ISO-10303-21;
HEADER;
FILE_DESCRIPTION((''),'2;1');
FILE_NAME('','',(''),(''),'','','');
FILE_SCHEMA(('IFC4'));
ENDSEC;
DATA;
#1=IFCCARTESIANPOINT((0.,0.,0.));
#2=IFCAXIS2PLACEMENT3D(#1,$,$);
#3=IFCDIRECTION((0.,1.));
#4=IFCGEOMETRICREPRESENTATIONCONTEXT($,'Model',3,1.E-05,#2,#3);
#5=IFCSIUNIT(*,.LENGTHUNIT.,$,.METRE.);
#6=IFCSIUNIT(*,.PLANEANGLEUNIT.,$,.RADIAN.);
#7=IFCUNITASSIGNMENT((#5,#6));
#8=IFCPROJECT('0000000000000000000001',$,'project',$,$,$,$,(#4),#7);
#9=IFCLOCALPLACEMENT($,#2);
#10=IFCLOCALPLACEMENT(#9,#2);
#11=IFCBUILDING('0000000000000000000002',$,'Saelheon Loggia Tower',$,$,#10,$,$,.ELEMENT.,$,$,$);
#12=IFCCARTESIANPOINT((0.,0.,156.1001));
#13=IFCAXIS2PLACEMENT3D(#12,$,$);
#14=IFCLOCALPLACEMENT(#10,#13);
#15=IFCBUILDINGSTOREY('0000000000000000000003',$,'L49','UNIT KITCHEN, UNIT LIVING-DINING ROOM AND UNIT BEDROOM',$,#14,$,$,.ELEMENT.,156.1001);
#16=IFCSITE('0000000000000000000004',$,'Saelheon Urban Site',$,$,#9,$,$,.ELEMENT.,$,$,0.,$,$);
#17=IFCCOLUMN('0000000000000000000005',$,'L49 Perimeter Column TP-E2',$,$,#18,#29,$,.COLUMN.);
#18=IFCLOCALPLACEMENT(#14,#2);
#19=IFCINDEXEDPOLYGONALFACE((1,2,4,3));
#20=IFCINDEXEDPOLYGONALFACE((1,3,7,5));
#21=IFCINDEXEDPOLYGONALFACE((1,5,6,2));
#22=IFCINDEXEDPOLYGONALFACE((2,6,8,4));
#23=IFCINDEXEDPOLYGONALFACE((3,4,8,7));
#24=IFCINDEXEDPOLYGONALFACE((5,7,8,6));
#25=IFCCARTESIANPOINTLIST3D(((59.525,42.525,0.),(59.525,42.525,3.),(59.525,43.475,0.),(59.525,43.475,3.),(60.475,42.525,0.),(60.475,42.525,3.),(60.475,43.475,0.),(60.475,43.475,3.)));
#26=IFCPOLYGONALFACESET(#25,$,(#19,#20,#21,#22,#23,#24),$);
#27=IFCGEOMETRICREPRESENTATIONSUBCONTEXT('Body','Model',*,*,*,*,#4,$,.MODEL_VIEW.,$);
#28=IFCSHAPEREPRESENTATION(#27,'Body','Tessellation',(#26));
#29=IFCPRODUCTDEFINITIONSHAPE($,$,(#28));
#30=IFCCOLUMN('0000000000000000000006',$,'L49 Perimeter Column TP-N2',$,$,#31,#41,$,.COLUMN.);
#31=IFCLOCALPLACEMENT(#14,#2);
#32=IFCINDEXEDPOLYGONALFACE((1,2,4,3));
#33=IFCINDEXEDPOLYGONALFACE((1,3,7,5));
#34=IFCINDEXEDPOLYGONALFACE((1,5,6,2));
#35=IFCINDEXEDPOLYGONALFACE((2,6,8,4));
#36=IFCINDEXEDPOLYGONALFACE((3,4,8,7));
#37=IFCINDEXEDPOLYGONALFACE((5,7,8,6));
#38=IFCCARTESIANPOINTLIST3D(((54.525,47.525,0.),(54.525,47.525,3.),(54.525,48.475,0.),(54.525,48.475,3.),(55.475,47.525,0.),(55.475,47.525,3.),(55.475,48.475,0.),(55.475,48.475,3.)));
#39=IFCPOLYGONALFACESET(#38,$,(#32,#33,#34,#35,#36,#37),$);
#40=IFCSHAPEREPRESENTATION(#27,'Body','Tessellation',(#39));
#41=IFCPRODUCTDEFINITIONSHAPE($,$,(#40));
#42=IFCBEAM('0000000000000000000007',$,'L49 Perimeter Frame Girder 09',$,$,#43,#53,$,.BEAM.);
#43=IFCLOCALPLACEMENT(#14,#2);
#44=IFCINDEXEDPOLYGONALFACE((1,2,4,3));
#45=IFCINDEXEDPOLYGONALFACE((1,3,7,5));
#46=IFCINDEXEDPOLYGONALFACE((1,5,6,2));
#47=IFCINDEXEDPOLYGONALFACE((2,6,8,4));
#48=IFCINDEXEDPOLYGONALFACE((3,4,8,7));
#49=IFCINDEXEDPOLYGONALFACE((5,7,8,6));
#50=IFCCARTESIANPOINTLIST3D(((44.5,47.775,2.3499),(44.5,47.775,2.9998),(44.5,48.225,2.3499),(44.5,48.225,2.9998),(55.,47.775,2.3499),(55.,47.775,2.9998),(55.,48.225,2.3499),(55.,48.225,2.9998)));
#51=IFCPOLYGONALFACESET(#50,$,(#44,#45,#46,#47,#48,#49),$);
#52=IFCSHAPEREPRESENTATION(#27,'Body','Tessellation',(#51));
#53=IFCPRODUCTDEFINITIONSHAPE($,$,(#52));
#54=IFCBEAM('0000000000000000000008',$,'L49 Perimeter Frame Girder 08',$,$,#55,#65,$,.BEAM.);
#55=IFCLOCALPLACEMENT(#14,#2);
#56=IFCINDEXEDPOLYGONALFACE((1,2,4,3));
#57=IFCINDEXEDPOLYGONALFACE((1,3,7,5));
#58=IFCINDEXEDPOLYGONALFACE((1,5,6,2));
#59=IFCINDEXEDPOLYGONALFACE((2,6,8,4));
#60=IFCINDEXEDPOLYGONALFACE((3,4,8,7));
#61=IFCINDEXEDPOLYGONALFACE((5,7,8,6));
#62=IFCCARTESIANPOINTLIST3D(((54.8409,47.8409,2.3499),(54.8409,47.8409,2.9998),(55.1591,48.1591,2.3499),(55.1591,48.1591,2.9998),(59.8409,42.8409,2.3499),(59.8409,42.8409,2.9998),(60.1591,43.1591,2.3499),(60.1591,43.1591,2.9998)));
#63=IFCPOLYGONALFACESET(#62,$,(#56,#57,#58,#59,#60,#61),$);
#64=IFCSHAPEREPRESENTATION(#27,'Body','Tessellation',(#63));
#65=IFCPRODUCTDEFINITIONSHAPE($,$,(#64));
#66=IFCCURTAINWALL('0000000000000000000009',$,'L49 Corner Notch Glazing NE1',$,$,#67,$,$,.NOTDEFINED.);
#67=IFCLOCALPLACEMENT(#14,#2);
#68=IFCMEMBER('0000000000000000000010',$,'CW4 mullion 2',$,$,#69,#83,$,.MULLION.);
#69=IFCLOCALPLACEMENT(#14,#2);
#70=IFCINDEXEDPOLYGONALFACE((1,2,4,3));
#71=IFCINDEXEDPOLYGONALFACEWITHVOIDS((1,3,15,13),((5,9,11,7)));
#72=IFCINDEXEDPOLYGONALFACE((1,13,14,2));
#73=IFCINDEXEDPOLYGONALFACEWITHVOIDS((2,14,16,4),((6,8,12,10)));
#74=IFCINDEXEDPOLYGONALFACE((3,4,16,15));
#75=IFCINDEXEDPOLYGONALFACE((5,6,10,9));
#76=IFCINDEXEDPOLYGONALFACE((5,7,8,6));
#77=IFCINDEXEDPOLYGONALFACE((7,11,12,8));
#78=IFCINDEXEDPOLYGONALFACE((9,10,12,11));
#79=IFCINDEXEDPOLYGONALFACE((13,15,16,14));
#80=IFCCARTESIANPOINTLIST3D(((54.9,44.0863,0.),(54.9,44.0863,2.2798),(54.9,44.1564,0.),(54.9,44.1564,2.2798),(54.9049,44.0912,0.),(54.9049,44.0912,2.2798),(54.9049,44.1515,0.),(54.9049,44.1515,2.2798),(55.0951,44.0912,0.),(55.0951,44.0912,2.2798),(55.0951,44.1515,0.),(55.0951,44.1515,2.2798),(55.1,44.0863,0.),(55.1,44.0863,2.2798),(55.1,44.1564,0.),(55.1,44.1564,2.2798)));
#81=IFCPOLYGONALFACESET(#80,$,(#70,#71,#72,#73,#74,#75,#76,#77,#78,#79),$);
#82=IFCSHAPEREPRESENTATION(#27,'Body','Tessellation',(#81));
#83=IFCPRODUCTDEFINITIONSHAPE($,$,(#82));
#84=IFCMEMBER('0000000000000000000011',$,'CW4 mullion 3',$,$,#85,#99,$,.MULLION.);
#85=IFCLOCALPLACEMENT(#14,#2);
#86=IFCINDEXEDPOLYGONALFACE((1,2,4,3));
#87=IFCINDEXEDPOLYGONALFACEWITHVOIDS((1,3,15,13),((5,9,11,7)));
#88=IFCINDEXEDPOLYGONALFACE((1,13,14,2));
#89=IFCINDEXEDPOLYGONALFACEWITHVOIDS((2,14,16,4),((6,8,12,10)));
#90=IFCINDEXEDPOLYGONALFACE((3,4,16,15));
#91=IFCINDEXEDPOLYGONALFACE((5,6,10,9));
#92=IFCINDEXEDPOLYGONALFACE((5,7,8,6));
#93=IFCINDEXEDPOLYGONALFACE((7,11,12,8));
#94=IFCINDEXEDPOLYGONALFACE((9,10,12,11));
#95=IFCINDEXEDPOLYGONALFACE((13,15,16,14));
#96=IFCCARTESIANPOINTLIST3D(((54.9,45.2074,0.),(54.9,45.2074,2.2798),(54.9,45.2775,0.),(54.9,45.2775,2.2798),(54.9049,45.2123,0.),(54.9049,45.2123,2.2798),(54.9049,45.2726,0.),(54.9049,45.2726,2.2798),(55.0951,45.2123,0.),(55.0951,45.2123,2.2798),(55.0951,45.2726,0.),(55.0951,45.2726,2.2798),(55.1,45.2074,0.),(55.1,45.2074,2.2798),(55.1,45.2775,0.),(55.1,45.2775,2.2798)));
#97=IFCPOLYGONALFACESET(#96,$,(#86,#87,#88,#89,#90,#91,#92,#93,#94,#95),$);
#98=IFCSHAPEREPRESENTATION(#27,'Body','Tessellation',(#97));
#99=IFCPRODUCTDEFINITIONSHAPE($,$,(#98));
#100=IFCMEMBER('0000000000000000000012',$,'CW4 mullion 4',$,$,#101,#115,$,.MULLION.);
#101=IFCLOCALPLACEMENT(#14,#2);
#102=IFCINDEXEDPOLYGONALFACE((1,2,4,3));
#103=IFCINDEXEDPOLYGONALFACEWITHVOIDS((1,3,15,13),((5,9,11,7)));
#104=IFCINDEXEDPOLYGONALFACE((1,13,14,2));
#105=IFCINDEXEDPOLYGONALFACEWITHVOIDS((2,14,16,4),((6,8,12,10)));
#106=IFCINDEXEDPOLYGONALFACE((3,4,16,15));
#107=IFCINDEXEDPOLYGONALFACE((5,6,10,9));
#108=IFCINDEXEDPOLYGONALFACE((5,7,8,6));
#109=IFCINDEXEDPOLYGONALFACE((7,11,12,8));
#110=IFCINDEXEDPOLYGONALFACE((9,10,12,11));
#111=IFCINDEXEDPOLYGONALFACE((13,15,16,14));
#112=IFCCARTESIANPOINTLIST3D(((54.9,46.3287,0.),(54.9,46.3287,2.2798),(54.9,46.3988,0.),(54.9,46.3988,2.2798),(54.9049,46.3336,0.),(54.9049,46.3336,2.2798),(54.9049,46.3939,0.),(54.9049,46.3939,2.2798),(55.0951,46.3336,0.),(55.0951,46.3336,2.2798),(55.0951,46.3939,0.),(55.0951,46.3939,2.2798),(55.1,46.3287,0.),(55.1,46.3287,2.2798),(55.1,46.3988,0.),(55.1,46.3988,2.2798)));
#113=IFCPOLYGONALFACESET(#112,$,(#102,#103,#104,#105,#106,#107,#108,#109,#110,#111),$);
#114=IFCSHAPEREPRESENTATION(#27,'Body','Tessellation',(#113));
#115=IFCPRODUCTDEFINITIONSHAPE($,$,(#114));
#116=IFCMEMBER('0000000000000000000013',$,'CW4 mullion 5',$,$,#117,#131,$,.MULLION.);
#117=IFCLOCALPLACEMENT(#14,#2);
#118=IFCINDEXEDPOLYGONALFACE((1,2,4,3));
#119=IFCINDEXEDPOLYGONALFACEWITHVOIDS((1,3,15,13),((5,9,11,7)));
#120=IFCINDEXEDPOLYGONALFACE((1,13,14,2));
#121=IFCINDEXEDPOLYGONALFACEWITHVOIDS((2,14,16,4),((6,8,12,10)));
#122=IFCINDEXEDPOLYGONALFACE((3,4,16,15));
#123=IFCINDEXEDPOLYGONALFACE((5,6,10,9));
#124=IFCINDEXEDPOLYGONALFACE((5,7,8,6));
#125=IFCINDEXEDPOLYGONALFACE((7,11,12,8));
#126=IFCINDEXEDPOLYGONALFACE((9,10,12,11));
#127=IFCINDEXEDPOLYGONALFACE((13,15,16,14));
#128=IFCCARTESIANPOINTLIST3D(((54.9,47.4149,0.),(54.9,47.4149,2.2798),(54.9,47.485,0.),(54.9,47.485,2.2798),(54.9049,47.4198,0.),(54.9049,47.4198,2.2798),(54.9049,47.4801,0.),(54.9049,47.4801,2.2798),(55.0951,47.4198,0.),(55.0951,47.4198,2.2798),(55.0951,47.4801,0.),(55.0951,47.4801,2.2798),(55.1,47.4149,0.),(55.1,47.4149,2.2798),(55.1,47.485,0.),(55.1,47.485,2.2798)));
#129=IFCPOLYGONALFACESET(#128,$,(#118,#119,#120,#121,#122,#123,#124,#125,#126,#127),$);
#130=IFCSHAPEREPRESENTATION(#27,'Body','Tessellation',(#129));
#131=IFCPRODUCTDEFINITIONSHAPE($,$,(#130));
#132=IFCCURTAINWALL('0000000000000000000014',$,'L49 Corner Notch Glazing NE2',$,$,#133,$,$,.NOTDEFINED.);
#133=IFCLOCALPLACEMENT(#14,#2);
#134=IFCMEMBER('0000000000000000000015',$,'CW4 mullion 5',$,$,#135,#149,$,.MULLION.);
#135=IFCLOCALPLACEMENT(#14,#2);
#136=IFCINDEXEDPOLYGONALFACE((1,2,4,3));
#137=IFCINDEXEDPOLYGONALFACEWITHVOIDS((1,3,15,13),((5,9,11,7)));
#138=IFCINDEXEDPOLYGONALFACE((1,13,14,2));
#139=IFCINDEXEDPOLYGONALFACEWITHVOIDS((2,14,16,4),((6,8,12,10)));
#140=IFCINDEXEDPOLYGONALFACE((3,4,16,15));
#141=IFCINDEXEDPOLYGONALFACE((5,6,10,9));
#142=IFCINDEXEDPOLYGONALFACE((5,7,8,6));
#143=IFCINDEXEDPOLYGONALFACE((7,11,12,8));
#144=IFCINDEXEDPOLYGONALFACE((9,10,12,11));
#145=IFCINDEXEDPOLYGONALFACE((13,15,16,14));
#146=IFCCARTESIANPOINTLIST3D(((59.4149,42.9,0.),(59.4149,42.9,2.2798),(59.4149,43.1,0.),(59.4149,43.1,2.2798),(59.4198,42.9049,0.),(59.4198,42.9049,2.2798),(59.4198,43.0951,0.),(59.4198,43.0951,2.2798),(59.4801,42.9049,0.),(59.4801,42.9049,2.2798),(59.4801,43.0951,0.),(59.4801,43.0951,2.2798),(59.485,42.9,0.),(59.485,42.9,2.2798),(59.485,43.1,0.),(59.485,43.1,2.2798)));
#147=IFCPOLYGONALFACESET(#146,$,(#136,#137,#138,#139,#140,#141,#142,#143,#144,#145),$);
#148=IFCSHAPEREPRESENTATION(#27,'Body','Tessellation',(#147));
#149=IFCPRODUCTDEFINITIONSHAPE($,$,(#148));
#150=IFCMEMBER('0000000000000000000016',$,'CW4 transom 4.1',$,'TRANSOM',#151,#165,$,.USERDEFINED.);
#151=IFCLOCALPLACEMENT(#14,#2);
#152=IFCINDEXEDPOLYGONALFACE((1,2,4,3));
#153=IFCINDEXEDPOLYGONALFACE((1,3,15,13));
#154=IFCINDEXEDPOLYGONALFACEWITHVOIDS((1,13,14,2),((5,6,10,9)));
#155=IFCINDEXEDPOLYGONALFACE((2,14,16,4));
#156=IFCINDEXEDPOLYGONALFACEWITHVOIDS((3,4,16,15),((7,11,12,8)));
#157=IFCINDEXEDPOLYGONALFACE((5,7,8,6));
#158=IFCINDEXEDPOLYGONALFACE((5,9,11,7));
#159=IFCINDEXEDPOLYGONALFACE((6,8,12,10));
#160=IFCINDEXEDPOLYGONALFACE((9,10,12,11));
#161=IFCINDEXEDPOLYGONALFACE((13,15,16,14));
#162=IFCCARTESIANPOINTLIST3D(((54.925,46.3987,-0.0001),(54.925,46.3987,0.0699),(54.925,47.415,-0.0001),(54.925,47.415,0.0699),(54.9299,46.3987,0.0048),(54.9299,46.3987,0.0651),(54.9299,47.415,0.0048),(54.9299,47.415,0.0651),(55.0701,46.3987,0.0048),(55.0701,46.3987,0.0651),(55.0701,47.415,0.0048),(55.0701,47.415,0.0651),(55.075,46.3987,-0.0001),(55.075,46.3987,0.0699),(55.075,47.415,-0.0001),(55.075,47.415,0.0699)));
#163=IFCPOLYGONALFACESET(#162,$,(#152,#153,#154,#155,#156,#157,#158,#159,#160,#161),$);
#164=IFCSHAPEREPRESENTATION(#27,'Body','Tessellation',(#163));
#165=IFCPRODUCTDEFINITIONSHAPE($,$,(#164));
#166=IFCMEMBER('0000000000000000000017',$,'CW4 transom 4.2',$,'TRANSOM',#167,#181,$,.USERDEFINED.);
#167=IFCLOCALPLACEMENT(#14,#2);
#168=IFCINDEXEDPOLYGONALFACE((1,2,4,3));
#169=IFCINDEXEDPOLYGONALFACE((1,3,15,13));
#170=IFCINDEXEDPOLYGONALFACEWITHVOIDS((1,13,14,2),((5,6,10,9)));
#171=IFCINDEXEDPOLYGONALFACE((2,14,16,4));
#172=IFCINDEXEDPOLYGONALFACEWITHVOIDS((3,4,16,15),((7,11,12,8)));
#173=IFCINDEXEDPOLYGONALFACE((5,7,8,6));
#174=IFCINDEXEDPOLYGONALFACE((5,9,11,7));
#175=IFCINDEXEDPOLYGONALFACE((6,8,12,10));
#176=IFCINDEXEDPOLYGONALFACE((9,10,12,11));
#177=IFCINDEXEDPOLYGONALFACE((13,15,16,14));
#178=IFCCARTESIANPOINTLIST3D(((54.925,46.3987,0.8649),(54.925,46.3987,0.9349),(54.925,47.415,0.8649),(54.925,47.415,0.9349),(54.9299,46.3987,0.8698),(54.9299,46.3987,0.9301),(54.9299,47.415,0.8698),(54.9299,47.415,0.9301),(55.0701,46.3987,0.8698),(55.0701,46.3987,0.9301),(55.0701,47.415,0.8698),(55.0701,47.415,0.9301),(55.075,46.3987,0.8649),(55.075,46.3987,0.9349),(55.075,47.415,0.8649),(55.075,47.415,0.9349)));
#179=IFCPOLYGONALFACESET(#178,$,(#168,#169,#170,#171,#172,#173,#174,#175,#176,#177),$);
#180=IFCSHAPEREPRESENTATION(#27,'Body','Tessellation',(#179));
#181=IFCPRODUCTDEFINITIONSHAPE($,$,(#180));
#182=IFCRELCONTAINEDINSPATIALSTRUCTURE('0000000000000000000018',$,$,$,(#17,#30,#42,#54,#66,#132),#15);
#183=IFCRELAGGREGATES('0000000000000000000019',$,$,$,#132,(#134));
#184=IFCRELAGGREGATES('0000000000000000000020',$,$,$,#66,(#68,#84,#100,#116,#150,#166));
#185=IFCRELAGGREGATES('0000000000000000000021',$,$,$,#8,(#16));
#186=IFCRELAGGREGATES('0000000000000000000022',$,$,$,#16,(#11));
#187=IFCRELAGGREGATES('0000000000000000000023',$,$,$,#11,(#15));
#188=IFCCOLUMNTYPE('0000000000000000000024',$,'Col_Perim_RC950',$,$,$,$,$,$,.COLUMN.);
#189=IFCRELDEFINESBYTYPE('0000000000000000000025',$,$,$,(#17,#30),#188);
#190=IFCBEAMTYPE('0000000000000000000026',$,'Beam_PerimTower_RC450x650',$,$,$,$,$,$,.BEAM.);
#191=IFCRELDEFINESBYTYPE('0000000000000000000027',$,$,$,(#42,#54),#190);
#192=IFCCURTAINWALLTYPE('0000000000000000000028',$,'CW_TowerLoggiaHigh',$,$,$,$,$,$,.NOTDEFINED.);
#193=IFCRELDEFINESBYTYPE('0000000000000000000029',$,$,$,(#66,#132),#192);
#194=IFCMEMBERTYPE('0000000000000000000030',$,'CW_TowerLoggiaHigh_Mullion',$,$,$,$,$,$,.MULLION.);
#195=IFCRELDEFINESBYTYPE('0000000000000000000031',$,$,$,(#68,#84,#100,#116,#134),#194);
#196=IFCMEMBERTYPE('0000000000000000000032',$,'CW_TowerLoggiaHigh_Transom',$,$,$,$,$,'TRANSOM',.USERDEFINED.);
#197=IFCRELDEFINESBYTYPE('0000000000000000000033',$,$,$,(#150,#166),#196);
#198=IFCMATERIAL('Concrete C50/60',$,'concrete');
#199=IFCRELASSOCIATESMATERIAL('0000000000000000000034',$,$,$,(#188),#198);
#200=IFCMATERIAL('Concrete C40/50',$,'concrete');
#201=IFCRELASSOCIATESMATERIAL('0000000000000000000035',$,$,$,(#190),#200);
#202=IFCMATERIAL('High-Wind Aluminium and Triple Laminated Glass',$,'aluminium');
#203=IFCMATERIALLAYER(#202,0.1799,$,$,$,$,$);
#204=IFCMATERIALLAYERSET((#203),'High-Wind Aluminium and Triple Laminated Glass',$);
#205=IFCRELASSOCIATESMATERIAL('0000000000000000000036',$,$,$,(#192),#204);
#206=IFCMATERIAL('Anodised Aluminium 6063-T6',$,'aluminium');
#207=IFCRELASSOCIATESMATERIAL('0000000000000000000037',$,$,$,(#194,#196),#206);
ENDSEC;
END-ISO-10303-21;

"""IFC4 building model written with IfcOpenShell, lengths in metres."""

from ifc_helpers import new_model, si_unit, direction, frame, origin, origin_2d, place, context, subcontext, project, spatial, rectangle, hollow_rectangle, extrude, source, transform, mapped, material, layer, layer_set, material_profile, profile_set, type_object, element, aggregate, save


model = new_model("IFC4")

# Units and contexts
model_context = context("Model", 3, precision=1e-05, world=origin(), true_north=direction((0.0, 1.0)))
body_context = subcontext(model_context, "Body", "Model", "MODEL_VIEW")
ifc_project = project(units=[si_unit("LENGTHUNIT", "METRE"), si_unit("PLANEANGLEUNIT", "RADIAN")], contexts=[model_context])

# Site, building, storey
site_placement = place(None, origin())
site = spatial("IfcSite", under=ifc_project, at=site_placement, Name="Saelheon Urban Site", CompositionType="ELEMENT", RefElevation=0.0)
building_placement = place(site_placement, origin())
building = spatial("IfcBuilding", under=site, at=building_placement, Name="Saelheon Loggia Tower", CompositionType="ELEMENT")
storey_placement = place(building_placement, frame((0.0, 0.0, 156.1001)))
storey = spatial("IfcBuildingStorey", under=building, at=storey_placement, Name="L49", Description="UNIT KITCHEN, UNIT LIVING-DINING ROOM AND UNIT BEDROOM", CompositionType="ELEMENT", Elevation=156.1001)

# Columns
ifc_material_1 = material(Name="Concrete C50/60", Category="concrete")
ifc_material_profile_1 = material_profile(ifc_material_1, rectangle(XDim=0.95, YDim=0.95, at=origin_2d()), Name="RC-950x950")
ifc_profile_set_1 = profile_set([ifc_material_profile_1], Name="Concrete C50/60")
column_type = type_object("IfcColumnType", Name="Col_Perim_RC950", PredefinedType="COLUMN", material=ifc_profile_set_1)
shared_shape_1 = source(origin(), body_context, "Body", "SweptSolid", [
    extrude(rectangle(XDim=0.95, YDim=0.95, at=origin_2d()), origin(), (0.0, 0.0, 1.0), 3.0),
])
for number, where, z_axis, x_axis, name in (
    (1, (60.0, 43.0, 0.0), (0.0, 0.0, 1.0), (1.0, 0.0, 0.0), "L49 Perimeter Column TP-E2"),
    (2, (55.0, 48.0, 0.0), (0.0, 0.0, 1.0), (1.0, 0.0, 0.0), "L49 Perimeter Column TP-N2"),
):
    element("IfcColumn", number, at=place(storey_placement, frame(where, z_axis=z_axis, x_axis=x_axis)), inside=storey, type_object=column_type, Name=name, PredefinedType="COLUMN", context=body_context, shape_type="MappedRepresentation", body=[
        mapped(shared_shape_1, transform((0.0, 0.0, 0.0), scale=1.0)),
    ])

# Beams
ifc_material_2 = material(Name="Concrete C40/50", Category="concrete")
ifc_material_profile_2 = material_profile(ifc_material_2, rectangle(XDim=0.45, YDim=0.6499, at=origin_2d()), Name="RC-450x650")
ifc_profile_set_2 = profile_set([ifc_material_profile_2], Name="Concrete C40/50")
beam_type = type_object("IfcBeamType", Name="Beam_PerimTower_RC450x650", PredefinedType="BEAM", material=ifc_profile_set_2)
shared_shape_2 = source(origin(), body_context, "Body", "SweptSolid", [
    extrude(rectangle(XDim=0.45, YDim=0.6499, at=origin_2d()), origin(), (0.0, 0.0, 1.0), 10.5),
])
beam_1_placement = place(storey_placement, frame((55.0, 48.0, 2.6748), z_axis=(-1.0, 0.0, 0.0), x_axis=(0.0, -1.0, 0.0)))
element("IfcBeam", 3, at=beam_1_placement, inside=storey, type_object=beam_type, Name="L49 Perimeter Frame Girder 09", PredefinedType="BEAM", context=body_context, shape_type="MappedRepresentation", body=[
    mapped(shared_shape_2, transform((0.0, 0.0, 0.0), scale=1.0)),
])
shared_shape_3 = source(origin(), body_context, "Body", "SweptSolid", [
    extrude(rectangle(XDim=0.45, YDim=0.6499, at=origin_2d()), origin(), (0.0, 0.0, 1.0), 7.071),
])
beam_2_placement = place(storey_placement, frame((60.0, 43.0, 2.6748), z_axis=(-0.707107, 0.707107, 0.0), x_axis=(-0.707107, -0.707107, 0.0)))
element("IfcBeam", 4, at=beam_2_placement, inside=storey, type_object=beam_type, Name="L49 Perimeter Frame Girder 08", PredefinedType="BEAM", context=body_context, shape_type="MappedRepresentation", body=[
    mapped(shared_shape_3, transform((0.0, 0.0, 0.0), scale=1.0)),
])

# Curtain wall, members
ifc_material_3 = material(Name="High-Wind Aluminium and Triple Laminated Glass", Category="aluminium")
ifc_layer_1 = layer(ifc_material_3, 0.1799)
ifc_layer_set_1 = layer_set([ifc_layer_1], Name="High-Wind Aluminium and Triple Laminated Glass")
curtain_wall_type = type_object("IfcCurtainWallType", Name="CW_TowerLoggiaHigh", PredefinedType="NOTDEFINED", material=ifc_layer_set_1)
curtain_wall_1_placement = place(storey_placement, origin())
curtain_wall_1 = element("IfcCurtainWall", 5, at=curtain_wall_1_placement, inside=storey, type_object=curtain_wall_type, Name="L49 Corner Notch Glazing NE1", PredefinedType="NOTDEFINED")
ifc_material_4 = material(Name="Anodised Aluminium 6063-T6", Category="aluminium")
ifc_material_profile_3 = material_profile(ifc_material_4, hollow_rectangle(XDim=0.0701, YDim=0.2, WallThickness=0.0049, at=origin_2d()), Name="RHS-200x70x5")
ifc_profile_set_3 = profile_set([ifc_material_profile_3], Name="Anodised Aluminium 6063-T6")
member_type_1 = type_object("IfcMemberType", Name="CW_TowerLoggiaHigh_Mullion", PredefinedType="MULLION", material=ifc_profile_set_3)
shared_shape_4 = source(origin(), body_context, "Body", "SweptSolid", [
    extrude(hollow_rectangle(XDim=0.0701, YDim=0.2, WallThickness=0.0049, at=origin_2d()), origin(), (0.0, 0.0, 1.0), 2.2798),
])
member_1_placement = place(storey_placement, frame((55.0, 44.1213, 0.0), z_axis=(0.0, 0.0, 1.0), x_axis=(0.0, 1.0, 0.0)))
member_1 = element("IfcMember", 6, at=member_1_placement, type_object=member_type_1, Name="CW4 mullion 2", PredefinedType="MULLION", context=body_context, shape_type="MappedRepresentation", body=[
    mapped(shared_shape_4, transform((0.0, 0.0, 0.0), scale=1.0)),
])
member_2_placement = place(storey_placement, frame((55.0, 45.2424, 0.0), z_axis=(0.0, 0.0, 1.0), x_axis=(0.0, 1.0, 0.0)))
member_2 = element("IfcMember", 7, at=member_2_placement, type_object=member_type_1, Name="CW4 mullion 3", PredefinedType="MULLION", context=body_context, shape_type="MappedRepresentation", body=[
    mapped(shared_shape_4, transform((0.0, 0.0, 0.0), scale=1.0)),
])
member_3_placement = place(storey_placement, frame((55.0, 46.3638, 0.0), z_axis=(0.0, 0.0, 1.0), x_axis=(0.0, 1.0, 0.0)))
member_3 = element("IfcMember", 8, at=member_3_placement, type_object=member_type_1, Name="CW4 mullion 4", PredefinedType="MULLION", context=body_context, shape_type="MappedRepresentation", body=[
    mapped(shared_shape_4, transform((0.0, 0.0, 0.0), scale=1.0)),
])
member_4_placement = place(storey_placement, frame((55.0, 47.45, 0.0), z_axis=(0.0, 0.0, 1.0), x_axis=(0.0, 1.0, 0.0)))
member_4 = element("IfcMember", 9, at=member_4_placement, type_object=member_type_1, Name="CW4 mullion 5", PredefinedType="MULLION", context=body_context, shape_type="MappedRepresentation", body=[
    mapped(shared_shape_4, transform((0.0, 0.0, 0.0), scale=1.0)),
])

# Curtain wall, member
curtain_wall_2_placement = place(storey_placement, origin())
curtain_wall_2 = element("IfcCurtainWall", 10, at=curtain_wall_2_placement, inside=storey, type_object=curtain_wall_type, Name="L49 Corner Notch Glazing NE2", PredefinedType="NOTDEFINED")
member_5_placement = place(storey_placement, frame((59.45, 43.0, 0.0), z_axis=(0.0, 0.0, 1.0), x_axis=(1.0, 0.0, 0.0)))
member_5 = element("IfcMember", 11, at=member_5_placement, type_object=member_type_1, Name="CW4 mullion 5", PredefinedType="MULLION", context=body_context, shape_type="MappedRepresentation", body=[
    mapped(shared_shape_4, transform((0.0, 0.0, 0.0), scale=1.0)),
])

# Members
ifc_material_profile_4 = material_profile(ifc_material_4, hollow_rectangle(XDim=0.0701, YDim=0.1499, WallThickness=0.0049, at=origin_2d()), Name="RHS-150x70x5")
ifc_profile_set_4 = profile_set([ifc_material_profile_4], Name="Anodised Aluminium 6063-T6")
member_type_2 = type_object("IfcMemberType", Name="CW_TowerLoggiaHigh_Transom", ElementType="TRANSOM", PredefinedType="USERDEFINED", material=ifc_profile_set_4)
shared_shape_5 = source(origin(), body_context, "Body", "SweptSolid", [
    extrude(hollow_rectangle(XDim=0.0701, YDim=0.1499, WallThickness=0.0049, at=origin_2d()), origin(), (0.0, 0.0, 1.0), 1.0164),
])
member_6_placement = place(storey_placement, frame((55.0, 46.3987, 0.0349), z_axis=(0.0, 1.0, 0.0), x_axis=(0.0, 0.0, 1.0)))
member_6 = element("IfcMember", 12, at=member_6_placement, type_object=member_type_2, Name="CW4 transom 4.1", ObjectType="TRANSOM", PredefinedType="USERDEFINED", context=body_context, shape_type="MappedRepresentation", body=[
    mapped(shared_shape_5, transform((0.0, 0.0, 0.0), scale=1.0)),
])
member_7_placement = place(storey_placement, frame((55.0, 46.3987, 0.8999), z_axis=(0.0, 1.0, 0.0), x_axis=(0.0, 0.0, 1.0)))
member_7 = element("IfcMember", 13, at=member_7_placement, type_object=member_type_2, Name="CW4 transom 4.2", ObjectType="TRANSOM", PredefinedType="USERDEFINED", context=body_context, shape_type="MappedRepresentation", body=[
    mapped(shared_shape_5, transform((0.0, 0.0, 0.0), scale=1.0)),
])

aggregate(curtain_wall_2, [member_5])
aggregate(curtain_wall_1, [member_1, member_2, member_3, member_4, member_6, member_7])

save(model, "model.ifc")
